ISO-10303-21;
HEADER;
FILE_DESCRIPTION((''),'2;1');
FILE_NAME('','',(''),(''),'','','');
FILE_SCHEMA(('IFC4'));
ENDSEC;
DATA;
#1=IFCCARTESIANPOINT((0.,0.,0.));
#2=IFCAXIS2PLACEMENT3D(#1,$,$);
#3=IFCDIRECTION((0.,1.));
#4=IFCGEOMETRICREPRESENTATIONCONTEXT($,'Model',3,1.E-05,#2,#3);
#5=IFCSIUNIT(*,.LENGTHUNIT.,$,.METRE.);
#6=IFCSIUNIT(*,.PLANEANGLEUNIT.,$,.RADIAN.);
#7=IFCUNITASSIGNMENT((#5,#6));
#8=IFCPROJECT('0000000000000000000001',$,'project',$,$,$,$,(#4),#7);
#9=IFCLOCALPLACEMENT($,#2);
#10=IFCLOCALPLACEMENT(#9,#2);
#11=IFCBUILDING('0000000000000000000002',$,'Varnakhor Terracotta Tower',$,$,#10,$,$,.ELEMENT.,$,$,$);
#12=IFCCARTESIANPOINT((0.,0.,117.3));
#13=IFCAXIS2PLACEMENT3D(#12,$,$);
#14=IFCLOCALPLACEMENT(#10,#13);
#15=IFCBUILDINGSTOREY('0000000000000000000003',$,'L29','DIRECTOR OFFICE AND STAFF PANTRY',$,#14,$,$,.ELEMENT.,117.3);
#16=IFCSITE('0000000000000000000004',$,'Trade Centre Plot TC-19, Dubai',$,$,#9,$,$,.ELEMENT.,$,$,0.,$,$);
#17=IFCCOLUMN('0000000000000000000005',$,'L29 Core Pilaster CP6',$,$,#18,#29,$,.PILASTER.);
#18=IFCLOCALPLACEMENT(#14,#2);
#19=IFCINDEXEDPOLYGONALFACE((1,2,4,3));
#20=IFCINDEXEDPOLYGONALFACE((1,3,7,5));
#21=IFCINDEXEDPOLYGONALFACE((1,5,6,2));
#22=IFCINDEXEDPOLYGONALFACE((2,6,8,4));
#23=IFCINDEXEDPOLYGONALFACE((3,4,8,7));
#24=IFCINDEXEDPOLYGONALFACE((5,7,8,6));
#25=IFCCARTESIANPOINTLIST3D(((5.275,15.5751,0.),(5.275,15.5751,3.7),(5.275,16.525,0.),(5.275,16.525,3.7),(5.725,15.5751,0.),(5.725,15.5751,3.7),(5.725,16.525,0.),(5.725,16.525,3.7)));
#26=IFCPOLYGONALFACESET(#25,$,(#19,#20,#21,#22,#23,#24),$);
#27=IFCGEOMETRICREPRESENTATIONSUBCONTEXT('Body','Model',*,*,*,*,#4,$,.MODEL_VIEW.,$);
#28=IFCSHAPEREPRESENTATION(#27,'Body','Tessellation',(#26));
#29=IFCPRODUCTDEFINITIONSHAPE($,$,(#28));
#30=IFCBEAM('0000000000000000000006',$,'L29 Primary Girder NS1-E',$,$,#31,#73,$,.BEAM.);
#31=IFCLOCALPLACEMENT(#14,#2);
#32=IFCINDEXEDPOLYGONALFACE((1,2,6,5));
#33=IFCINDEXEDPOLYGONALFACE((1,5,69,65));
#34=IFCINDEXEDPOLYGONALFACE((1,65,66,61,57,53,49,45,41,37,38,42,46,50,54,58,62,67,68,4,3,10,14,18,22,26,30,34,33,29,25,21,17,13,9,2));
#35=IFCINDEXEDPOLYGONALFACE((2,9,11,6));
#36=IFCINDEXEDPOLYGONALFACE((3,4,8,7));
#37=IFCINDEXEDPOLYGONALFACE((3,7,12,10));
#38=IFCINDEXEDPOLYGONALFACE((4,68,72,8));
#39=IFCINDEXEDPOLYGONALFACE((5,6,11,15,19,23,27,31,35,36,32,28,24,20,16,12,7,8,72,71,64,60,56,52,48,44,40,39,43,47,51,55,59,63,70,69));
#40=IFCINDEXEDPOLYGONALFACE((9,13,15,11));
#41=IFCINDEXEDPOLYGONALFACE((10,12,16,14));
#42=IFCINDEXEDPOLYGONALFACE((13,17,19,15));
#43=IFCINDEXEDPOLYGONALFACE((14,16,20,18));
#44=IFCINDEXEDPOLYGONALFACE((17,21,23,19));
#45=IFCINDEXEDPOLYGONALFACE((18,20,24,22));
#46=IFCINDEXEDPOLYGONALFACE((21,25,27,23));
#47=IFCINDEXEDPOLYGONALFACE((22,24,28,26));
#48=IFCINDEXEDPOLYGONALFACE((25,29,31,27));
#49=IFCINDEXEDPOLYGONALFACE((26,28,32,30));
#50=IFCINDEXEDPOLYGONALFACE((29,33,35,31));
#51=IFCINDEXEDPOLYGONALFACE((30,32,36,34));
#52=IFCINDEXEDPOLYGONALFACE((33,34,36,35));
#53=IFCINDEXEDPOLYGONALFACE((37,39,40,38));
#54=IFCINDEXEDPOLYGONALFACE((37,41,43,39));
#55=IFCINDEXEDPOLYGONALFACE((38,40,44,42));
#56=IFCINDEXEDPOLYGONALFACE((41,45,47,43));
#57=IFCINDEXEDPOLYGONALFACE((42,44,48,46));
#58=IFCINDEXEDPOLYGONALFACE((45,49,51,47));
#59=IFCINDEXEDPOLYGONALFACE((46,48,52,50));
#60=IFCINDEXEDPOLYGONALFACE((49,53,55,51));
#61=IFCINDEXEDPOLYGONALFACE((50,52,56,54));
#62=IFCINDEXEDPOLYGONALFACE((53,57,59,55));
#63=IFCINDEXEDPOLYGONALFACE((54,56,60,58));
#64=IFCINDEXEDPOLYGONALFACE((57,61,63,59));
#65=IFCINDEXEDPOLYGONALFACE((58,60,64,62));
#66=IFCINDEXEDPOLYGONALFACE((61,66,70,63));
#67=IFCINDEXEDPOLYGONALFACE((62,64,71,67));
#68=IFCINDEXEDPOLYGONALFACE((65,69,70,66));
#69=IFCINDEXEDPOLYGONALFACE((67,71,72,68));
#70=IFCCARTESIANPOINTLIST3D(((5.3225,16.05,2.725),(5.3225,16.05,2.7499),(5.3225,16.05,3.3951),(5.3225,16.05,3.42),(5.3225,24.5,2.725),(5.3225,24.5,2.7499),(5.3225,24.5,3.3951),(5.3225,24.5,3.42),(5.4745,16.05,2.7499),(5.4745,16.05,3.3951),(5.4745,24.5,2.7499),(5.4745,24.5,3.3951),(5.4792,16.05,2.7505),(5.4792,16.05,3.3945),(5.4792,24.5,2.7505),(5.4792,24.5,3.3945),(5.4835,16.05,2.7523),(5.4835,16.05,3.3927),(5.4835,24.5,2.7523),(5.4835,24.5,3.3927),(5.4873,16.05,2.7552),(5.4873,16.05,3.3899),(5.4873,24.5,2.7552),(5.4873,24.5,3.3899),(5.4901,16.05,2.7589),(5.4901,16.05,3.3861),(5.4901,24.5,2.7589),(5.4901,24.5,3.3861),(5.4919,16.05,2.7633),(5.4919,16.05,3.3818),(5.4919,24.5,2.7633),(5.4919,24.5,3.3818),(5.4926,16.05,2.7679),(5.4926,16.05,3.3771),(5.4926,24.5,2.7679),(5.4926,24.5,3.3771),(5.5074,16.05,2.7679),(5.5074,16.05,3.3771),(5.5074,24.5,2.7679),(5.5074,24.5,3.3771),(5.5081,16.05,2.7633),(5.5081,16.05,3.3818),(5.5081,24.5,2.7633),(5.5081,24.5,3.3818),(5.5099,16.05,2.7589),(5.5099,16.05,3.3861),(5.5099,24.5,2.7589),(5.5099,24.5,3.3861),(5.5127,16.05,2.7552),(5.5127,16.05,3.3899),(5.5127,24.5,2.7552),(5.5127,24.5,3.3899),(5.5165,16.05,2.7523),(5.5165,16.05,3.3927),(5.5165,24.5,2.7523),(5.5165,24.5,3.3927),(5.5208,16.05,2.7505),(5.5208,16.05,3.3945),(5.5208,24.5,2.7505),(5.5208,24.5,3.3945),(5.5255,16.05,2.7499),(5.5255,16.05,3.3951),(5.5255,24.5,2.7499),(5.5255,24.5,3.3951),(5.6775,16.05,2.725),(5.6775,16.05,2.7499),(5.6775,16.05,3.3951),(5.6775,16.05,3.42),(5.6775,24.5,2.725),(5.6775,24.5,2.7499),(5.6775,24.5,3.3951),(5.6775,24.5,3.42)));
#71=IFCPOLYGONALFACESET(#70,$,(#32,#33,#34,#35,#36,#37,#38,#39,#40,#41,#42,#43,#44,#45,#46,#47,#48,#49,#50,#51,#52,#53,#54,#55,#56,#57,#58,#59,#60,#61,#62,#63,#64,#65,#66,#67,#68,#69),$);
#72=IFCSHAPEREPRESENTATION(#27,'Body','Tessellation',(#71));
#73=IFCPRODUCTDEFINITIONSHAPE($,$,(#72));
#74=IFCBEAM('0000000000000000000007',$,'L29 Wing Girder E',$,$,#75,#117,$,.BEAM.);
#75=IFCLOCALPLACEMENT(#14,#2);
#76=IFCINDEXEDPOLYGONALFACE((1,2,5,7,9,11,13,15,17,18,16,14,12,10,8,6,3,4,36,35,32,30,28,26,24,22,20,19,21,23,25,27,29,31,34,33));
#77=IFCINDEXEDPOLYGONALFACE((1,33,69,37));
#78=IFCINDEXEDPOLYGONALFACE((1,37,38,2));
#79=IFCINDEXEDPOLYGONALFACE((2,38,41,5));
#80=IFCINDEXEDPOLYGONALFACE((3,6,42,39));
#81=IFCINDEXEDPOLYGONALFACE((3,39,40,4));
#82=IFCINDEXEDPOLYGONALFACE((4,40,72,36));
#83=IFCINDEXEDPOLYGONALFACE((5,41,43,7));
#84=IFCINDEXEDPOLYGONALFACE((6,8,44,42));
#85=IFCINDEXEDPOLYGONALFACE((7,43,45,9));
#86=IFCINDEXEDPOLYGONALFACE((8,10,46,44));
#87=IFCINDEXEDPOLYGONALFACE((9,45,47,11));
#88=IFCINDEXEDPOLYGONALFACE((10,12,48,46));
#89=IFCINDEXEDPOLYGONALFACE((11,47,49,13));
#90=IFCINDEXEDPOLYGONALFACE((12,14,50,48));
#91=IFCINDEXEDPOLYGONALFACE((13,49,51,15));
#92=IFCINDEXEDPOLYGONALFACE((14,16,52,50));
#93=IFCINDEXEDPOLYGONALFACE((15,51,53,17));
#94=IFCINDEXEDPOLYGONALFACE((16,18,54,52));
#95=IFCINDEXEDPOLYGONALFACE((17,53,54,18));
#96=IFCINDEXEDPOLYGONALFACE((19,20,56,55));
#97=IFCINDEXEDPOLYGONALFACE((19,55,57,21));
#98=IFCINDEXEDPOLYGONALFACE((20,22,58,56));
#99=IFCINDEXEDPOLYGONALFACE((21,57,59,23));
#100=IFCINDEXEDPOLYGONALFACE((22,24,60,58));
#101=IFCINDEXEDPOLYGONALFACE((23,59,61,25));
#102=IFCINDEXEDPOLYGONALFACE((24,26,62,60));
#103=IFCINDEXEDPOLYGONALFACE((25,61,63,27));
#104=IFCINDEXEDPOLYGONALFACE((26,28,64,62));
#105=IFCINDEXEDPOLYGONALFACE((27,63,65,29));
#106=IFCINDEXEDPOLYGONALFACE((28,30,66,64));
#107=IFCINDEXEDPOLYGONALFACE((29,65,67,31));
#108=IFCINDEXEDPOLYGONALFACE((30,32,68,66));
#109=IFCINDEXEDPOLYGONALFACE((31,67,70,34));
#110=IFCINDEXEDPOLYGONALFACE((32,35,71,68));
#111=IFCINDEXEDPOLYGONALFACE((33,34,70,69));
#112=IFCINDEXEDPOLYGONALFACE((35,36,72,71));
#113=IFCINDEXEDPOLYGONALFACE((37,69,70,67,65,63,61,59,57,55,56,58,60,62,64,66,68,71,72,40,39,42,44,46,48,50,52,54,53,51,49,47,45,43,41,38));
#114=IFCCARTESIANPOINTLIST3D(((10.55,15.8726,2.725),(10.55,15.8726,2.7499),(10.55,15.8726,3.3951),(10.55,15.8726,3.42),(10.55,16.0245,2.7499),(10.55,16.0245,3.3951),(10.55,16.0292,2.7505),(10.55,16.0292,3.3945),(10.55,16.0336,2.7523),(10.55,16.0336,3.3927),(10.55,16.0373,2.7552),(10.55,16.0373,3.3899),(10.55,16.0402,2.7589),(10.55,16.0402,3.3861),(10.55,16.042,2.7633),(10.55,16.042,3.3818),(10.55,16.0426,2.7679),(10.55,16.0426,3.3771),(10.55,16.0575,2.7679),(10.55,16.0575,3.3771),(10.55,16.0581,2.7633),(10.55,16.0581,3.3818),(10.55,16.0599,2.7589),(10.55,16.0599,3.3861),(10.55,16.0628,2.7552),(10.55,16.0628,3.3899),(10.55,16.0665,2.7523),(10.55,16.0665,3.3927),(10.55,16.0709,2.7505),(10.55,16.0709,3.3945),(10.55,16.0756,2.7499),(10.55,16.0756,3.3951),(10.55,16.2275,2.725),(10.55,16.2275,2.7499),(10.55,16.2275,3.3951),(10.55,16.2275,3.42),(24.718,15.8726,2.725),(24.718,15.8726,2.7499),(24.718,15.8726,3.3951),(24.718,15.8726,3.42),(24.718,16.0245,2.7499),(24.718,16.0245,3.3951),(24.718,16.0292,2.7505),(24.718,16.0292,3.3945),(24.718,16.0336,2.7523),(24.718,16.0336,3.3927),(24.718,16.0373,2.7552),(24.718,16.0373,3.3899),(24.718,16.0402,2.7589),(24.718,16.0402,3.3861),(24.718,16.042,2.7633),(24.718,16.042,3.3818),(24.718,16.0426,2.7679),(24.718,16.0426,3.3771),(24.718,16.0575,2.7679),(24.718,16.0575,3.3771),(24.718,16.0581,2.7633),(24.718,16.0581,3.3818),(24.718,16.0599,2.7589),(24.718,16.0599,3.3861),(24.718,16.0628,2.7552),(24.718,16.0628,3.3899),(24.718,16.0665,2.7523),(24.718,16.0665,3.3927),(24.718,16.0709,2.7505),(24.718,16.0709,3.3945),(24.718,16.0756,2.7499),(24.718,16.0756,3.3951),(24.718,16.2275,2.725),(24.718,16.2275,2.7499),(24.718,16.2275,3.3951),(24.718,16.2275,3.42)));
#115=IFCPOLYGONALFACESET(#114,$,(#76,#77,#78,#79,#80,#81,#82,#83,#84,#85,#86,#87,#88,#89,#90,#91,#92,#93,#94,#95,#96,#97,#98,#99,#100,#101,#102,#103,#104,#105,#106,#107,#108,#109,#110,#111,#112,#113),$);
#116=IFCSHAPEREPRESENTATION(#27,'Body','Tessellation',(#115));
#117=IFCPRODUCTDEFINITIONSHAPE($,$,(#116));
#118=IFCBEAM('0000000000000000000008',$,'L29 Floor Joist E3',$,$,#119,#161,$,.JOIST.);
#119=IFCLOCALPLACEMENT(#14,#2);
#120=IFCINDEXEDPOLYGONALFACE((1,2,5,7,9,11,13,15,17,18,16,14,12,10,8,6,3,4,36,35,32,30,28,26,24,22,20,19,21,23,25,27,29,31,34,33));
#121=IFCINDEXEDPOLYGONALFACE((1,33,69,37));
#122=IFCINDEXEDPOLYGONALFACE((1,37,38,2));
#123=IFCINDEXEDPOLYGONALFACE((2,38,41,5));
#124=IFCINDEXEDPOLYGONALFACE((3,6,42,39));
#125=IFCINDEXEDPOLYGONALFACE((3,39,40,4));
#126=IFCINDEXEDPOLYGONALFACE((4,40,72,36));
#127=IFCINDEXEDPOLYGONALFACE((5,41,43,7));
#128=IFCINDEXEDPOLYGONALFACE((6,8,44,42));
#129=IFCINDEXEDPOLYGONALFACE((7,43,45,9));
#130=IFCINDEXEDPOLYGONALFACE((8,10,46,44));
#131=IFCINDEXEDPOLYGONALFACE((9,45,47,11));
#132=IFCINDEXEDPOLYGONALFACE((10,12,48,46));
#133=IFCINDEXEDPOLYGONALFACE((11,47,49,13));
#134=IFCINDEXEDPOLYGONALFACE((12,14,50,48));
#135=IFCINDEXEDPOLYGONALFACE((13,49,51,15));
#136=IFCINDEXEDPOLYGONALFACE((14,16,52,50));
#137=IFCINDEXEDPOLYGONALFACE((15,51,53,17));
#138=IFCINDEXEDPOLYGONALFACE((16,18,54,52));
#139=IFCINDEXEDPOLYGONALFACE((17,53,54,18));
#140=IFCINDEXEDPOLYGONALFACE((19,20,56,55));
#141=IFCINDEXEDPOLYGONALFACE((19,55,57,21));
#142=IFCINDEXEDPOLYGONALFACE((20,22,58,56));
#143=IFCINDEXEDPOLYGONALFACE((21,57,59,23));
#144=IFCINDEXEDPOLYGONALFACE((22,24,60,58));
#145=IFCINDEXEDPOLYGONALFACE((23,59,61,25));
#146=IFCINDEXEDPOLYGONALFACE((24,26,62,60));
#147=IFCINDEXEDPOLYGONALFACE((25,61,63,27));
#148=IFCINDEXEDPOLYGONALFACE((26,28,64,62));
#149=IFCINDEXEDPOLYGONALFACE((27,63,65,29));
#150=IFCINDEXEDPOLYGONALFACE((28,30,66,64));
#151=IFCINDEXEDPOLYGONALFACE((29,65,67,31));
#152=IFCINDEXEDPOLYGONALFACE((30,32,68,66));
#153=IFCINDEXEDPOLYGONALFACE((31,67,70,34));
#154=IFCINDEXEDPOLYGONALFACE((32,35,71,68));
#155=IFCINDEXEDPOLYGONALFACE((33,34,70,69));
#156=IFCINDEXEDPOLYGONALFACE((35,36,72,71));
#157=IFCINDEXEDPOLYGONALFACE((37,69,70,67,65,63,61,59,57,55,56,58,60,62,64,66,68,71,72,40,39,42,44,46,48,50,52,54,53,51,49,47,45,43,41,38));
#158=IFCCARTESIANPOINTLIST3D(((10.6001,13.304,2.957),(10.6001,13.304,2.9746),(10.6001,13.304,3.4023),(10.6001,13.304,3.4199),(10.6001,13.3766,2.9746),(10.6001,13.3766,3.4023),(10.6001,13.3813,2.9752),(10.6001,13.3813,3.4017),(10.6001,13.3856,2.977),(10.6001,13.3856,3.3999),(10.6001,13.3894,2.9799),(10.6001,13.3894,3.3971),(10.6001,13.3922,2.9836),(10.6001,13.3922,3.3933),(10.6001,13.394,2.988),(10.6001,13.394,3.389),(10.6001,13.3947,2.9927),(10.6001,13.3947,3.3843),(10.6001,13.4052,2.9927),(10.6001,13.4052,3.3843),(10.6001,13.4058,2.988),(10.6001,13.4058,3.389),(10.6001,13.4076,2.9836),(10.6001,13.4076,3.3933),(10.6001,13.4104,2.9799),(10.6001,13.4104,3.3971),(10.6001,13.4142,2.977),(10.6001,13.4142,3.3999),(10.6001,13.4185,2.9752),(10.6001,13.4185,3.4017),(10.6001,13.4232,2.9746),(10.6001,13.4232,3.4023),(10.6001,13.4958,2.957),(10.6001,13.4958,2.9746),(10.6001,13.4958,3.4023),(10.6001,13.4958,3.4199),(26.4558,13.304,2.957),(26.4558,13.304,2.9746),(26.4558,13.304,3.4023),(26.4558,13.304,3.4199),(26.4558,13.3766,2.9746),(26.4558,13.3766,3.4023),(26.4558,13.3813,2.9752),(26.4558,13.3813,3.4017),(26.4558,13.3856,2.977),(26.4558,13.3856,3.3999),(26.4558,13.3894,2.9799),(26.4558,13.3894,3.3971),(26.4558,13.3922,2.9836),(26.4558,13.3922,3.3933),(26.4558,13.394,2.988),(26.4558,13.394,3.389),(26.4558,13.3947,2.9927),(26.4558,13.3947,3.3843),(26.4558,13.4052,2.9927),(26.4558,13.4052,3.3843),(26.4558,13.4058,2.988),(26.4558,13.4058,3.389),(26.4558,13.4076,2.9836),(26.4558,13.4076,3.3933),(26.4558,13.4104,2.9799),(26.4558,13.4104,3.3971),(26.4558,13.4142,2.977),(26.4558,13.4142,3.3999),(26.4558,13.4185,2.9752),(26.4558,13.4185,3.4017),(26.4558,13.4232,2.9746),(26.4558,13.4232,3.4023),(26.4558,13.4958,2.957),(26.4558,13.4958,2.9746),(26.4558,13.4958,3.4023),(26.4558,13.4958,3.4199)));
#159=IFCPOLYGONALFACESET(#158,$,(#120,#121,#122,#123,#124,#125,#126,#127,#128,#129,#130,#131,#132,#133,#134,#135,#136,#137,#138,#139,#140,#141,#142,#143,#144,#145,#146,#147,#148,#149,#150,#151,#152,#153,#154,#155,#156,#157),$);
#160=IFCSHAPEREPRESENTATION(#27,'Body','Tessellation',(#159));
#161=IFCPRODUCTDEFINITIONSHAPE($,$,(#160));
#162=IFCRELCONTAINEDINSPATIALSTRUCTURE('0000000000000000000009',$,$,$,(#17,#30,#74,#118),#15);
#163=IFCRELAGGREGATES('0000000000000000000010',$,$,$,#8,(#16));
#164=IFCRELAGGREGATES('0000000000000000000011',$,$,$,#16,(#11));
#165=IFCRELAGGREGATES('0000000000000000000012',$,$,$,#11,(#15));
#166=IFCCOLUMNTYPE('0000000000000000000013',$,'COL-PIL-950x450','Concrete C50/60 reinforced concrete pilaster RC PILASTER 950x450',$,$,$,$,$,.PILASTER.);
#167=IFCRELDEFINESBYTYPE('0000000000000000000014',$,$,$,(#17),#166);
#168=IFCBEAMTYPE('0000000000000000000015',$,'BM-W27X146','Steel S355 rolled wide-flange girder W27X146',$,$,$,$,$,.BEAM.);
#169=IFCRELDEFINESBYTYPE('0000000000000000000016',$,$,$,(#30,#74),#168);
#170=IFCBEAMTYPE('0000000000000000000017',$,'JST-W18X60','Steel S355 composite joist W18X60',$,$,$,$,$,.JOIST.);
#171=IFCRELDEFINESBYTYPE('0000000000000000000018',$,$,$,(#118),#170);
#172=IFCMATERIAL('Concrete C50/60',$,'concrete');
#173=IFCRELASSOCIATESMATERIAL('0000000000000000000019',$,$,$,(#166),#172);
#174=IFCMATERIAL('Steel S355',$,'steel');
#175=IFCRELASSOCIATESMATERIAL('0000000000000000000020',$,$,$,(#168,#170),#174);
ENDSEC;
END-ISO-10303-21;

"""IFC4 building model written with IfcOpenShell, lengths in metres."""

from ifc_helpers import new_model, si_unit, direction, frame, origin, origin_2d, place, context, subcontext, project, spatial, rectangle, i_section, extrude, source, transform, mapped, material, material_profile, profile_set, type_object, type_shapes, element, save


model = new_model("IFC4")

# Units and contexts
model_context = context("Model", 3, precision=1e-05, world=origin(), true_north=direction((0.0, 1.0)))
body_context = subcontext(model_context, "Body", "Model", "MODEL_VIEW")
ifc_project = project(units=[si_unit("LENGTHUNIT", "METRE"), si_unit("PLANEANGLEUNIT", "RADIAN")], contexts=[model_context])

# Site, building, storey
site_placement = place(None, origin())
site = spatial("IfcSite", under=ifc_project, at=site_placement, Name="Trade Centre Plot TC-19, Dubai", CompositionType="ELEMENT", RefElevation=0.0)
building_placement = place(site_placement, origin())
building = spatial("IfcBuilding", under=site, at=building_placement, Name="Varnakhor Terracotta Tower", CompositionType="ELEMENT")
storey_placement = place(building_placement, frame((0.0, 0.0, 117.3)))
storey = spatial("IfcBuildingStorey", under=building, at=storey_placement, Name="L29", Description="DIRECTOR OFFICE AND STAFF PANTRY", CompositionType="ELEMENT", Elevation=117.3)

# Column
ifc_material_1 = material(Name="Concrete C50/60", Category="concrete")
ifc_material_profile_1 = material_profile(ifc_material_1, rectangle(XDim=0.45, YDim=0.95, at=origin_2d()), Name="RC PILASTER 950x450")
ifc_profile_set_1 = profile_set([ifc_material_profile_1], Name="Concrete C50/60")
column_type = type_object("IfcColumnType", Name="COL-PIL-950x450", Description="Concrete C50/60 reinforced concrete pilaster RC PILASTER 950x450", PredefinedType="PILASTER", material=ifc_profile_set_1)
shared_shape_1 = source(origin(), body_context, "Body", "SweptSolid", [
    extrude(rectangle(XDim=0.45, YDim=0.95, at=origin_2d()), origin(), (0.0, 0.0, 1.0), 3.7),
])
column_placement = place(storey_placement, frame((5.5, 16.05, 0.0), z_axis=(0.0, 0.0, 1.0), x_axis=(1.0, 0.0, 0.0)))
element("IfcColumn", 1, at=column_placement, inside=storey, type_object=column_type, Name="L29 Core Pilaster CP6", PredefinedType="PILASTER", context=body_context, shape_type="MappedRepresentation", body=[
    mapped(shared_shape_1, transform((0.0, 0.0, 0.0), scale=1.0)),
])

# Beams
ifc_material_2 = material(Name="Steel S355", Category="steel")
ifc_material_profile_2 = material_profile(ifc_material_2, i_section(OverallWidth=0.355, OverallDepth=0.6951, WebThickness=0.0149, FlangeThickness=0.0249, FilletRadius=0.0181, at=origin_2d()), Name="W27X146")
ifc_profile_set_2 = profile_set([ifc_material_profile_2], Name="Steel S355")
beam_type_1 = type_object("IfcBeamType", Name="BM-W27X146", Description="Steel S355 rolled wide-flange girder W27X146", PredefinedType="BEAM", material=ifc_profile_set_2)
shared_shape_2 = source(origin(), body_context, "Body", "SweptSolid", [
    extrude(i_section(OverallWidth=0.355, OverallDepth=0.6951, WebThickness=0.0149, FlangeThickness=0.0249, FilletRadius=0.0181, at=origin_2d()), origin(), (0.0, 0.0, 1.0), 8.45),
])
type_shapes(beam_type_1, [shared_shape_2])
beam_1_placement = place(storey_placement, frame((5.5, 16.05, 3.0725), z_axis=(0.0, 1.0, 0.0), x_axis=(-1.0, 0.0, 0.0)))
element("IfcBeam", 2, at=beam_1_placement, inside=storey, type_object=beam_type_1, Name="L29 Primary Girder NS1-E", PredefinedType="BEAM", context=body_context, shape_type="MappedRepresentation", body=[
    mapped(shared_shape_2, transform((0.0, 0.0, 0.0), scale=1.0)),
])
shared_shape_3 = source(origin(), body_context, "Body", "SweptSolid", [
    extrude(i_section(OverallWidth=0.355, OverallDepth=0.6951, WebThickness=0.0149, FlangeThickness=0.0249, FilletRadius=0.0181, at=origin_2d()), origin(), (0.0, 0.0, 1.0), 14.168),
])
beam_2_placement = place(storey_placement, frame((10.55, 16.05, 3.0725), z_axis=(1.0, 0.0, 0.0), x_axis=(0.0, 1.0, 0.0)))
element("IfcBeam", 3, at=beam_2_placement, inside=storey, type_object=beam_type_1, Name="L29 Wing Girder E", PredefinedType="BEAM", context=body_context, shape_type="MappedRepresentation", body=[
    mapped(shared_shape_3, transform((0.0, 0.0, 0.0), scale=1.0)),
])
ifc_material_profile_3 = material_profile(ifc_material_2, i_section(OverallWidth=0.1919, OverallDepth=0.4629, WebThickness=0.0105, FlangeThickness=0.0176, FilletRadius=0.0181, at=origin_2d()), Name="W18X60")
ifc_profile_set_3 = profile_set([ifc_material_profile_3], Name="Steel S355")
beam_type_2 = type_object("IfcBeamType", Name="JST-W18X60", Description="Steel S355 composite joist W18X60", PredefinedType="JOIST", material=ifc_profile_set_3)
shared_shape_4 = source(origin(), body_context, "Body", "SweptSolid", [
    extrude(i_section(OverallWidth=0.1919, OverallDepth=0.4629, WebThickness=0.0105, FlangeThickness=0.0176, FilletRadius=0.0181, at=origin_2d()), origin(), (0.0, 0.0, 1.0), 15.8557),
])
beam_3_placement = place(storey_placement, frame((10.6001, 13.3999, 3.1885), z_axis=(1.0, 0.0, 0.0), x_axis=(0.0, 1.0, 0.0)))
element("IfcBeam", 4, at=beam_3_placement, inside=storey, type_object=beam_type_2, Name="L29 Floor Joist E3", PredefinedType="JOIST", context=body_context, shape_type="MappedRepresentation", body=[
    mapped(shared_shape_4, transform((0.0, 0.0, 0.0), scale=1.0)),
])

save(model, "model.ifc")
